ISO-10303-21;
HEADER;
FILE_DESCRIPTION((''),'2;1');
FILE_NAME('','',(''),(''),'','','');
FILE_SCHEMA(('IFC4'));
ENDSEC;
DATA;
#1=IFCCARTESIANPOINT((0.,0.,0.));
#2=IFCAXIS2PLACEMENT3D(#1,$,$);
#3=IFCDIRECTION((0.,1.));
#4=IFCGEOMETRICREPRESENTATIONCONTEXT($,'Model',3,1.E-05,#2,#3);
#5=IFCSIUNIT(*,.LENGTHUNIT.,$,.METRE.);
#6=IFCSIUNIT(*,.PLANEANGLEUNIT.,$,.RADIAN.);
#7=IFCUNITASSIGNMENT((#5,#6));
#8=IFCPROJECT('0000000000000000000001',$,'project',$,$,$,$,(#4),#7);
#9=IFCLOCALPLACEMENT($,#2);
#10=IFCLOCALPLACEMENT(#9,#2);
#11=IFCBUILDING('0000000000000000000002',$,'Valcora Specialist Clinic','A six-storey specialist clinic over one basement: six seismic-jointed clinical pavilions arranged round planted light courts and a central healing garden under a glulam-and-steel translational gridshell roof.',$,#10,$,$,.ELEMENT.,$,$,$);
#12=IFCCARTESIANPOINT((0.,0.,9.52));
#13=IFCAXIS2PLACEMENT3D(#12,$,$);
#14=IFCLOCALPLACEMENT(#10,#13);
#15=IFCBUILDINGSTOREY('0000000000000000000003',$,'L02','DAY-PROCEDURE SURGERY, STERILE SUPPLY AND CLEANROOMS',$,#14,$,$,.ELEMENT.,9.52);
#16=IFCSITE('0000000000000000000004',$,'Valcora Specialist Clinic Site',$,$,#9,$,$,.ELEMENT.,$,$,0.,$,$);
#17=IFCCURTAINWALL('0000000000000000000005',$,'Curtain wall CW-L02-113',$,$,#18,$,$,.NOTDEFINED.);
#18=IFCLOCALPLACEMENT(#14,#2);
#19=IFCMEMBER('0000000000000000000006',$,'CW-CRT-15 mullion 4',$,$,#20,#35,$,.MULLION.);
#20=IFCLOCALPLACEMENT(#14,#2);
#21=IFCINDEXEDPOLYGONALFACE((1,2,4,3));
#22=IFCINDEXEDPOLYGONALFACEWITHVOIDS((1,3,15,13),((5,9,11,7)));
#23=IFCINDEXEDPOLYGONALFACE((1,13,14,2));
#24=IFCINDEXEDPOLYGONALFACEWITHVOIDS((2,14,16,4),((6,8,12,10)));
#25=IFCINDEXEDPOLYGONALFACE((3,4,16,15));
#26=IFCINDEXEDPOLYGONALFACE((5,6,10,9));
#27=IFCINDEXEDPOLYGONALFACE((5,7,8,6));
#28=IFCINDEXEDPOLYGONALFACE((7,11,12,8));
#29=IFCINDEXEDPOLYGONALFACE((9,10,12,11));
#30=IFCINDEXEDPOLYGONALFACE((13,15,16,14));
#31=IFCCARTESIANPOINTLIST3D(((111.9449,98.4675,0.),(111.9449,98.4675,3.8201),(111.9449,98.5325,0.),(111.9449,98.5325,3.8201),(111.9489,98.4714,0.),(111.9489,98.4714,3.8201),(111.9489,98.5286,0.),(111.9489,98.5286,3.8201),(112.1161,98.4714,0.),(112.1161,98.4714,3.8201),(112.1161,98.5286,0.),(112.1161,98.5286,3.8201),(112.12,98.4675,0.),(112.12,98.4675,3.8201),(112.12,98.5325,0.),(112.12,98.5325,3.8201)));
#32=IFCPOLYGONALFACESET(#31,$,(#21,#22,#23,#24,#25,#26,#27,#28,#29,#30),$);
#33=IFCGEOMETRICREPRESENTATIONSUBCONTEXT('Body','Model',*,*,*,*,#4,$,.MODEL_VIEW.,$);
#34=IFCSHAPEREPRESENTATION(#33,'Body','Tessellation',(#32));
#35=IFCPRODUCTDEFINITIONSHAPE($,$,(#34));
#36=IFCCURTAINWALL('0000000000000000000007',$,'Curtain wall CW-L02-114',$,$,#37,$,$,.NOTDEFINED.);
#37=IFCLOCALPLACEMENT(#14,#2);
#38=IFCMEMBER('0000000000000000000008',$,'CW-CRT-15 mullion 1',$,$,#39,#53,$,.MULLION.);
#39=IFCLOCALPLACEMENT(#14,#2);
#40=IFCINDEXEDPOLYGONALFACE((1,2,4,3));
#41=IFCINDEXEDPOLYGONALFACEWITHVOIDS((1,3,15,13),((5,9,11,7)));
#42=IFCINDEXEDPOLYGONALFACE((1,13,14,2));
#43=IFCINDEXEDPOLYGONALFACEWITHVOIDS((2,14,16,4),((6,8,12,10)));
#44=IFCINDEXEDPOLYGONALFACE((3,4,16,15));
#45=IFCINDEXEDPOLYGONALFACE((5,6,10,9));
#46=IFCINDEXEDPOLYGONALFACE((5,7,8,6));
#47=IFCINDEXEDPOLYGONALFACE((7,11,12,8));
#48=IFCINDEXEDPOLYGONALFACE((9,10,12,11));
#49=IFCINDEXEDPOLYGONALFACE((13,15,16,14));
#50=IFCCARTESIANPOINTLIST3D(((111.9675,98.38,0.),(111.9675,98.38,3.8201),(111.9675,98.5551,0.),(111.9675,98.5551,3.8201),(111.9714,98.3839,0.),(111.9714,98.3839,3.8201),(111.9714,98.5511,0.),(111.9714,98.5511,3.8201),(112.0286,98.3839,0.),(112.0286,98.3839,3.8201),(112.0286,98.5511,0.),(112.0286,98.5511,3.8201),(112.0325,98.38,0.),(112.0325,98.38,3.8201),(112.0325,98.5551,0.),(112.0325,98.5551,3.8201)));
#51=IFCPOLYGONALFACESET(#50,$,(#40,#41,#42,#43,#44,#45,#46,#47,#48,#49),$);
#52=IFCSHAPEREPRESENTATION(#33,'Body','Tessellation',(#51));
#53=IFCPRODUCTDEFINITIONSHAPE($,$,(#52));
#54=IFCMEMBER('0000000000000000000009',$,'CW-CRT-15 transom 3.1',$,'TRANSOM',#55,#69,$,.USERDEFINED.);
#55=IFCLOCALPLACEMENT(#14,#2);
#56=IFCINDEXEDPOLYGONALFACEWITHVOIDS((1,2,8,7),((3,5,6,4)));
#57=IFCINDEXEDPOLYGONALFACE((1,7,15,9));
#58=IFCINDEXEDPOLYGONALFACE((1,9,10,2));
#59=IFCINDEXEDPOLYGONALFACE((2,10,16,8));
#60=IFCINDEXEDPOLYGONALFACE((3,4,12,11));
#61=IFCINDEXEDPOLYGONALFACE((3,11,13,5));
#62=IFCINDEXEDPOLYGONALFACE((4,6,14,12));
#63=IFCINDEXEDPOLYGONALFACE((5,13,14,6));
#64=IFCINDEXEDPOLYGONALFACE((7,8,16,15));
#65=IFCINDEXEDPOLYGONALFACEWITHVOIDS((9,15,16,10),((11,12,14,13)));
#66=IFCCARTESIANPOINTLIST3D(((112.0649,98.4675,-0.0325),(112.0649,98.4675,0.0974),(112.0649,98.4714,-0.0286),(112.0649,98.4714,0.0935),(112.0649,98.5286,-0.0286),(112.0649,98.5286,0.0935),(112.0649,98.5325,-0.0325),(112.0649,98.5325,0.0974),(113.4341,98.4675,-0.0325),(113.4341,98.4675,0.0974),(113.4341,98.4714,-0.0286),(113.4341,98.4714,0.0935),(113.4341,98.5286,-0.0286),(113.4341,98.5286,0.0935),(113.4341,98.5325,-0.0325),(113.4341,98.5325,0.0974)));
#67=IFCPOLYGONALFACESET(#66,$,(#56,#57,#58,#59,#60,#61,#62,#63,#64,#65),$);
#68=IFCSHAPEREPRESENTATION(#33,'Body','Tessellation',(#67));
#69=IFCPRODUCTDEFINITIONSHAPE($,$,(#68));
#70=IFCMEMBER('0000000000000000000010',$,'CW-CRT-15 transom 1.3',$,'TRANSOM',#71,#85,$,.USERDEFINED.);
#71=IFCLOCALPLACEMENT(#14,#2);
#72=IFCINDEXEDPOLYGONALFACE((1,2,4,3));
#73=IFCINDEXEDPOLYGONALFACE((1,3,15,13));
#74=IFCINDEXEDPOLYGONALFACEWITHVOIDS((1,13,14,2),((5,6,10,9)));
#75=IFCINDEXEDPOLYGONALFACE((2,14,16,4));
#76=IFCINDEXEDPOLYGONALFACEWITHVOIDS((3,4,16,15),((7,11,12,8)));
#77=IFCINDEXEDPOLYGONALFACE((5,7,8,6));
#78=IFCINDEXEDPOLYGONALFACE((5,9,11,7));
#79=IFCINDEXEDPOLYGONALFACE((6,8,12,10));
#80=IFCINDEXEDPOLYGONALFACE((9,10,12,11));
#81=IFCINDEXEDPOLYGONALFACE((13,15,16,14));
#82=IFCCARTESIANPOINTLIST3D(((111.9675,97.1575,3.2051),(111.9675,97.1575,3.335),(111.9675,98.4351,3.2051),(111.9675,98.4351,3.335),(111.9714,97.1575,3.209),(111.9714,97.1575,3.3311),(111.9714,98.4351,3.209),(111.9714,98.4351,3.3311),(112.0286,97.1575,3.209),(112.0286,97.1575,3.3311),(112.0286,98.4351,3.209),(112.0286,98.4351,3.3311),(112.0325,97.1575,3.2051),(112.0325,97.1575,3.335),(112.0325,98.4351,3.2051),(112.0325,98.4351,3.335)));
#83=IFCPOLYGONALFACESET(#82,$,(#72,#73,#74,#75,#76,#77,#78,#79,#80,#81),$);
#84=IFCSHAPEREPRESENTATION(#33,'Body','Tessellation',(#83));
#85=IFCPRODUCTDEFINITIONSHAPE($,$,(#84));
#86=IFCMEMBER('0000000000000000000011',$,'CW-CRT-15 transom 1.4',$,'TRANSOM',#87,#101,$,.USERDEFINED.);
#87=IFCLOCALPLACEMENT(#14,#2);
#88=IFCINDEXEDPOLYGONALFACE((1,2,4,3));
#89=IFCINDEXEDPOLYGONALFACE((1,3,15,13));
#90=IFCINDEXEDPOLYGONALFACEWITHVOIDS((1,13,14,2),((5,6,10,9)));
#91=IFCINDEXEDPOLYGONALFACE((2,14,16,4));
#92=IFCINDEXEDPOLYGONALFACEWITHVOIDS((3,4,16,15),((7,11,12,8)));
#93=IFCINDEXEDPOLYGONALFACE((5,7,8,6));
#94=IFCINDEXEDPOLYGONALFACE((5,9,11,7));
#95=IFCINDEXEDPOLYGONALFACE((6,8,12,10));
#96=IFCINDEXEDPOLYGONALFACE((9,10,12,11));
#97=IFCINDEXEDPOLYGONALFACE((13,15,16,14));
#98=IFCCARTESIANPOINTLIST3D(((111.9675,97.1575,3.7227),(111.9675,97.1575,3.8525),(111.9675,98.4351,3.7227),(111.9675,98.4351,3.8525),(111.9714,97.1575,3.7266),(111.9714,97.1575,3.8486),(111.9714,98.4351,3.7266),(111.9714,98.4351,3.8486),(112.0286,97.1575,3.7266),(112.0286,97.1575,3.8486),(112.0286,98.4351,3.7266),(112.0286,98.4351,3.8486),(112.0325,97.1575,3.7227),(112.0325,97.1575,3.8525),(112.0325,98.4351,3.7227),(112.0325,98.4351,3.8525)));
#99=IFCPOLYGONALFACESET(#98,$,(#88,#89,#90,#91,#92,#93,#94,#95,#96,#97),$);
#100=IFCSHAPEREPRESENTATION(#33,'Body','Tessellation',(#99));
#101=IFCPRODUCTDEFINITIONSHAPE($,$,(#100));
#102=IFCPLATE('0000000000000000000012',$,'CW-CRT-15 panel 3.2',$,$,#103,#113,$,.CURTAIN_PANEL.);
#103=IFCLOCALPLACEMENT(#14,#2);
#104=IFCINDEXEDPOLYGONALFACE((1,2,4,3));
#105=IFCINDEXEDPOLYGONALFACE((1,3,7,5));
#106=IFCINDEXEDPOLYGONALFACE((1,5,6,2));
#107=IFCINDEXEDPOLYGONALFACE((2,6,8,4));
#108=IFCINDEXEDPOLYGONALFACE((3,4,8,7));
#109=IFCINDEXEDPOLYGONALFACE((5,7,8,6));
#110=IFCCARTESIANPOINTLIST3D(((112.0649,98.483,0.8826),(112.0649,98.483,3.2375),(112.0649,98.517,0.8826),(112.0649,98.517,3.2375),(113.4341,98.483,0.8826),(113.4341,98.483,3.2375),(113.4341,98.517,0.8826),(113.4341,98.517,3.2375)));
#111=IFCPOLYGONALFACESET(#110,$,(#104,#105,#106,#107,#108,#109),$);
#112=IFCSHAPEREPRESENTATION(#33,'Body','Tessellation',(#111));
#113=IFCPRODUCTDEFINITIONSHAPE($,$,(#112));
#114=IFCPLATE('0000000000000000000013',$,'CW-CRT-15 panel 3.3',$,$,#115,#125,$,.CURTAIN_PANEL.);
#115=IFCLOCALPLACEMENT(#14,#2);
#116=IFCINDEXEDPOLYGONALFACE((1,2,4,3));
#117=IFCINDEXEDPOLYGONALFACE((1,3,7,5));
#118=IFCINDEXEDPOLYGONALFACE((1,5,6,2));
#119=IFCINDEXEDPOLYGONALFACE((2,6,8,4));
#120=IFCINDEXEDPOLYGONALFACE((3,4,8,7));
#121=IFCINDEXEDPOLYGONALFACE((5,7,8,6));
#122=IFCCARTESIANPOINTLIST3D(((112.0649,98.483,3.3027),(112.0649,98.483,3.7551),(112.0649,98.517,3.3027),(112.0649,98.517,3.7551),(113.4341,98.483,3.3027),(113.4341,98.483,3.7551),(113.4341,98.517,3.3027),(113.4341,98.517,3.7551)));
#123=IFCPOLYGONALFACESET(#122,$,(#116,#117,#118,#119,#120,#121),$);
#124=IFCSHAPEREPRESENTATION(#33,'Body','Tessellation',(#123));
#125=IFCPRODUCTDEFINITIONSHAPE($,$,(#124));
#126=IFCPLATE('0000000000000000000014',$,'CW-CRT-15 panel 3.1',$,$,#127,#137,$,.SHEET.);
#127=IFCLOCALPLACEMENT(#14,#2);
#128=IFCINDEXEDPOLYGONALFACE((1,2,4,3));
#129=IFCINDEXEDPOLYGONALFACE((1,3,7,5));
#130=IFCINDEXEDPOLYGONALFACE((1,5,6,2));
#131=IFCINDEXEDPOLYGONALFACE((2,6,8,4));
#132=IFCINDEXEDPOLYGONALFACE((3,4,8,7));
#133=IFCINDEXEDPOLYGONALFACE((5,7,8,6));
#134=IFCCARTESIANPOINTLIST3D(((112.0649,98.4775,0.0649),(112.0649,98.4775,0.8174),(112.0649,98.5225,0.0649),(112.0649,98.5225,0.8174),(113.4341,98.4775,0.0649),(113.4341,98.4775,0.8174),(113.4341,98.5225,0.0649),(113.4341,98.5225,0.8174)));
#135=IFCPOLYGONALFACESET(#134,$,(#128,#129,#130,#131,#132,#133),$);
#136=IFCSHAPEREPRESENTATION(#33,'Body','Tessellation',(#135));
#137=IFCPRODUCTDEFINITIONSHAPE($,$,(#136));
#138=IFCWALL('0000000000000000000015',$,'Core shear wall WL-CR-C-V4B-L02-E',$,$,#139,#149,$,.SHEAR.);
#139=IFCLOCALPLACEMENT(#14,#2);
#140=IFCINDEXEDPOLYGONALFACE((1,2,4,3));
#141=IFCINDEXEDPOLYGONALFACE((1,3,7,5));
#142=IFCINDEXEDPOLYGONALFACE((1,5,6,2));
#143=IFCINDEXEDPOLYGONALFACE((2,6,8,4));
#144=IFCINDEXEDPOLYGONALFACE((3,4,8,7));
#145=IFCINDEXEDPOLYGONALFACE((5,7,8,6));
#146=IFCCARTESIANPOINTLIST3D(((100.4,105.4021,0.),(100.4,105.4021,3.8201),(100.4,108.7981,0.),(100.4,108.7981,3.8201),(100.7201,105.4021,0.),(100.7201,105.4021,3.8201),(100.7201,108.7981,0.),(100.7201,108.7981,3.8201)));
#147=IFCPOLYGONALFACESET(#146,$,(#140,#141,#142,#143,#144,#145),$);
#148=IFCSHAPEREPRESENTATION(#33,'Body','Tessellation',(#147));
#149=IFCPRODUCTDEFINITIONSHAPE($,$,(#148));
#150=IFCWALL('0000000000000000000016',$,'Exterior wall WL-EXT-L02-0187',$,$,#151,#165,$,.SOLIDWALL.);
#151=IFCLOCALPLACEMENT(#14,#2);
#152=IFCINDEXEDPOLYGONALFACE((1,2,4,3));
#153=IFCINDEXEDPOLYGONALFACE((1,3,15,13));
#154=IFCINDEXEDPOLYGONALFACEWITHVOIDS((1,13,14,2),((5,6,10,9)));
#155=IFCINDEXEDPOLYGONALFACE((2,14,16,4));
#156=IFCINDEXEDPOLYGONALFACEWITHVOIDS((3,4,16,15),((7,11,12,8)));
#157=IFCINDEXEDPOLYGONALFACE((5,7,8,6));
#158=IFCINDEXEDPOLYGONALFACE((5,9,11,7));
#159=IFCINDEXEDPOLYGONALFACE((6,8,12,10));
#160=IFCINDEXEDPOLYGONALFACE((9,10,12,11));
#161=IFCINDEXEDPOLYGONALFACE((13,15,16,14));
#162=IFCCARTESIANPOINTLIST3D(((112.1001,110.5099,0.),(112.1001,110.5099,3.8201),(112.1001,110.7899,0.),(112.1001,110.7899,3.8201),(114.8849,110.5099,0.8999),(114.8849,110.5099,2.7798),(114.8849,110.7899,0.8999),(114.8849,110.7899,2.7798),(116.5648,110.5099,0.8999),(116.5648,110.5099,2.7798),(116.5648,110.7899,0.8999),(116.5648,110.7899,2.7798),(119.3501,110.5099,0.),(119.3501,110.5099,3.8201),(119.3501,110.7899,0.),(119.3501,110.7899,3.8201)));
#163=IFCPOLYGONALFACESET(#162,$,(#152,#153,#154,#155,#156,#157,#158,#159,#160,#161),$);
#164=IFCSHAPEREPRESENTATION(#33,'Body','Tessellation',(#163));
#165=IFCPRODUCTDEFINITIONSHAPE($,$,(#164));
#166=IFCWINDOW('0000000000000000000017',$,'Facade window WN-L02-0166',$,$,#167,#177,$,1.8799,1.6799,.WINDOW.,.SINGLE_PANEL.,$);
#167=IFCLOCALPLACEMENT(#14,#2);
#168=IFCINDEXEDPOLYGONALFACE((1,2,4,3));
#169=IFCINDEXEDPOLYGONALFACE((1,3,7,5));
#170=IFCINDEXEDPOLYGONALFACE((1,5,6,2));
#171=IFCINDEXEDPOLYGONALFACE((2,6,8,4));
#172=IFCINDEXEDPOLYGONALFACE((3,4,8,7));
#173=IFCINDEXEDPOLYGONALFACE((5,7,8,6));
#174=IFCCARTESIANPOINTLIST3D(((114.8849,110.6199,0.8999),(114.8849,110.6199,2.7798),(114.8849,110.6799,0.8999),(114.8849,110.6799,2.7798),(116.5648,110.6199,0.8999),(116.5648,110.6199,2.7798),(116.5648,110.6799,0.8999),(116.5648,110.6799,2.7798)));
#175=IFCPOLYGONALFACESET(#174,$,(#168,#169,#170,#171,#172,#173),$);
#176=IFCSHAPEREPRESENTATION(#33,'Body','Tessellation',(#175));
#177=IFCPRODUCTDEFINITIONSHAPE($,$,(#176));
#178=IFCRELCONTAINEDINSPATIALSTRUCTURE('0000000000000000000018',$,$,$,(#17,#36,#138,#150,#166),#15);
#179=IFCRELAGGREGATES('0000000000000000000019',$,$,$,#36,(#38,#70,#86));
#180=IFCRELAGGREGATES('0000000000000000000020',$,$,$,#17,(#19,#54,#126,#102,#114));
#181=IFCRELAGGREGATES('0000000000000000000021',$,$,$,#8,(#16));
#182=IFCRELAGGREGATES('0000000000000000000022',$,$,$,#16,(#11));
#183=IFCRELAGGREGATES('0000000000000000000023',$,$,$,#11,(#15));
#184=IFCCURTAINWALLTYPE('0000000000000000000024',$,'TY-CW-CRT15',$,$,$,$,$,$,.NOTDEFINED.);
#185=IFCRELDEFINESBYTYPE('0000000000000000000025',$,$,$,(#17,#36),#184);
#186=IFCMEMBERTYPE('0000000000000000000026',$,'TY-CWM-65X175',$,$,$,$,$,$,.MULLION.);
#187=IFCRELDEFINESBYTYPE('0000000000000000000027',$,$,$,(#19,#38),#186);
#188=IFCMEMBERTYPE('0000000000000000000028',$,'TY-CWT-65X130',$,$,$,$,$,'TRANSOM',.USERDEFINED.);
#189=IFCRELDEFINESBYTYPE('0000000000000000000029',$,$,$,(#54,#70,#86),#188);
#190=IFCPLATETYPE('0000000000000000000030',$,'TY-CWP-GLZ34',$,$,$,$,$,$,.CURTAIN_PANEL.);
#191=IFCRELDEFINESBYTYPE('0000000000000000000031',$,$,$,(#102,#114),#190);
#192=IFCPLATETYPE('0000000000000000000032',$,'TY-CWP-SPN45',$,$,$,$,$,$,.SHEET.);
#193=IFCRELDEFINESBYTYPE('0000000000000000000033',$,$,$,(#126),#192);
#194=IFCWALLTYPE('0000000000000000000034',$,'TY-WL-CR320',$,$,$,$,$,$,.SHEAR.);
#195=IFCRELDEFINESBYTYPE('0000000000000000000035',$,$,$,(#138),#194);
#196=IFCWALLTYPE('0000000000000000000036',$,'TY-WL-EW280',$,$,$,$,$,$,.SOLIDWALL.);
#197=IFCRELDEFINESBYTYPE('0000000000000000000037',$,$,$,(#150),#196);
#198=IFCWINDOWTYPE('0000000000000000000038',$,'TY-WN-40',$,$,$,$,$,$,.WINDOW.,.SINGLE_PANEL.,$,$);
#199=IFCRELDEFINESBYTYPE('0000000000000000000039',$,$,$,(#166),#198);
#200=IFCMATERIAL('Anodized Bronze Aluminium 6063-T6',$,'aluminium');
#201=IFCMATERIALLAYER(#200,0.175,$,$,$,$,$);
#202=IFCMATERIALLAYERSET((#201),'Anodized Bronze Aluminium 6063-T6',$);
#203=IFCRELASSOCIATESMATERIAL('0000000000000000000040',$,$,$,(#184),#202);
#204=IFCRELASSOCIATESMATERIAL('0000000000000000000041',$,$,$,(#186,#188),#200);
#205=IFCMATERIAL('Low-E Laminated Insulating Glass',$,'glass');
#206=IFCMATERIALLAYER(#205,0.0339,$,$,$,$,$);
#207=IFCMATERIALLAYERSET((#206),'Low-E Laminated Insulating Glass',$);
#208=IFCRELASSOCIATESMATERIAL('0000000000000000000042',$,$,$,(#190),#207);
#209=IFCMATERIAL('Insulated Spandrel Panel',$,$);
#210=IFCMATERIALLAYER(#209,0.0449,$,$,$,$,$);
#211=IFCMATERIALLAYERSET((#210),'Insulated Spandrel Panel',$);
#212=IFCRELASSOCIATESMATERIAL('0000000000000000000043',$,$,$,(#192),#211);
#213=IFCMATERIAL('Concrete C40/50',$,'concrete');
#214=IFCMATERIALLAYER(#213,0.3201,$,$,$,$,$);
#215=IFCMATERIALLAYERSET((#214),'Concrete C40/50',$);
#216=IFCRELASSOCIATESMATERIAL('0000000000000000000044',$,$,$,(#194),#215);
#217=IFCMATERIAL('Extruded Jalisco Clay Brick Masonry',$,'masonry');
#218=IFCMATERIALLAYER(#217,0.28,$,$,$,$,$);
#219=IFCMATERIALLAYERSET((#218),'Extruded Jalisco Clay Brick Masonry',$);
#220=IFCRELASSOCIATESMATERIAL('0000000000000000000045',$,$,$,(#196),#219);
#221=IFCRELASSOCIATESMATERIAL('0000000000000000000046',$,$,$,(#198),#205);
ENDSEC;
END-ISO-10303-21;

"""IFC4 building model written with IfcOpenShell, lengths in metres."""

from ifc_helpers import new_model, si_unit, direction, frame, frame_2d, origin, origin_2d, place, context, subcontext, project, spatial, rectangle, hollow_rectangle, extrude, material, layer, layer_set, material_profile, profile_set, type_object, element, fill, aggregate, save


model = new_model("IFC4")

# Units and contexts
model_context = context("Model", 3, precision=1e-05, world=origin(), true_north=direction((0.0, 1.0)))
body_context = subcontext(model_context, "Body", "Model", "MODEL_VIEW")
ifc_project = project(units=[si_unit("LENGTHUNIT", "METRE"), si_unit("PLANEANGLEUNIT", "RADIAN")], contexts=[model_context])

# Site, building, storey
site_placement = place(None, origin())
site = spatial("IfcSite", under=ifc_project, at=site_placement, Name="Valcora Specialist Clinic Site", CompositionType="ELEMENT", RefElevation=0.0)
building_placement = place(site_placement, origin())
building = spatial("IfcBuilding", under=site, at=building_placement, Name="Valcora Specialist Clinic", Description="A six-storey specialist clinic over one basement: six seismic-jointed clinical pavilions arranged round planted light courts and a central healing garden under a glulam-and-steel translational gridshell roof.", CompositionType="ELEMENT")
storey_placement = place(building_placement, frame((0.0, 0.0, 9.52)))
storey = spatial("IfcBuildingStorey", under=building, at=storey_placement, Name="L02", Description="DAY-PROCEDURE SURGERY, STERILE SUPPLY AND CLEANROOMS", CompositionType="ELEMENT", Elevation=9.52)

# Shared definitions
ifc_material_1 = material(Name="Concrete C40/50", Category="concrete")

# Curtain walls, members
ifc_material_2 = material(Name="Anodized Bronze Aluminium 6063-T6", Category="aluminium")
ifc_layer_1 = layer(ifc_material_2, 0.175)
ifc_layer_set_1 = layer_set([ifc_layer_1], Name="Anodized Bronze Aluminium 6063-T6")
curtain_wall_type = type_object("IfcCurtainWallType", Name="TY-CW-CRT15", PredefinedType="NOTDEFINED", material=ifc_layer_set_1)
curtain_wall_1_placement = place(storey_placement, origin())
curtain_wall_1 = element("IfcCurtainWall", 1, at=curtain_wall_1_placement, inside=storey, type_object=curtain_wall_type, Name="Curtain wall CW-L02-113", PredefinedType="NOTDEFINED")
ifc_material_profile_1 = material_profile(ifc_material_2, hollow_rectangle(XDim=0.0649, YDim=0.175, WallThickness=0.0039, at=origin_2d()), Name="AL-MUL-65X175")
ifc_profile_set_1 = profile_set([ifc_material_profile_1], Name="Anodized Bronze Aluminium 6063-T6")
member_type_1 = type_object("IfcMemberType", Name="TY-CWM-65X175", PredefinedType="MULLION", material=ifc_profile_set_1)
member_1_placement = place(storey_placement, frame((112.0325, 98.5, 0.0), z_axis=(0.0, 0.0, 1.0), x_axis=(0.0, -1.0, 0.0)))
member_1 = element("IfcMember", 2, at=member_1_placement, type_object=member_type_1, Name="CW-CRT-15 mullion 4", PredefinedType="MULLION", context=body_context, shape_type="SweptSolid", body=[
    extrude(hollow_rectangle(XDim=0.0649, YDim=0.175, WallThickness=0.0039, at=origin_2d()), origin(), (0.0, 0.0, 1.0), 3.8201),
])
curtain_wall_2_placement = place(storey_placement, origin())
curtain_wall_2 = element("IfcCurtainWall", 3, at=curtain_wall_2_placement, inside=storey, type_object=curtain_wall_type, Name="Curtain wall CW-L02-114", PredefinedType="NOTDEFINED")
member_2_placement = place(storey_placement, frame((112.0, 98.4675, 0.0), z_axis=(0.0, 0.0, 1.0), x_axis=(1.0, 0.0, 0.0)))
member_2 = element("IfcMember", 4, at=member_2_placement, type_object=member_type_1, Name="CW-CRT-15 mullion 1", PredefinedType="MULLION", context=body_context, shape_type="SweptSolid", body=[
    extrude(hollow_rectangle(XDim=0.0649, YDim=0.175, WallThickness=0.0039, at=origin_2d()), origin(), (0.0, 0.0, 1.0), 3.8201),
])

# Members
ifc_material_profile_2 = material_profile(ifc_material_2, hollow_rectangle(XDim=0.0649, YDim=0.1299, WallThickness=0.0039, at=origin_2d()), Name="AL-TRN-65X130")
ifc_profile_set_2 = profile_set([ifc_material_profile_2], Name="Anodized Bronze Aluminium 6063-T6")
member_type_2 = type_object("IfcMemberType", Name="TY-CWT-65X130", ElementType="TRANSOM", PredefinedType="USERDEFINED", material=ifc_profile_set_2)
member_3_placement = place(storey_placement, frame((113.4341, 98.5, 0.0325), z_axis=(-1.0, 0.0, 0.0), x_axis=(0.0, -1.0, 0.0)))
member_3 = element("IfcMember", 5, at=member_3_placement, type_object=member_type_2, Name="CW-CRT-15 transom 3.1", ObjectType="TRANSOM", PredefinedType="USERDEFINED", context=body_context, shape_type="SweptSolid", body=[
    extrude(hollow_rectangle(XDim=0.0649, YDim=0.1299, WallThickness=0.0039, at=origin_2d()), origin(), (0.0, 0.0, 1.0), 1.3691),
])
member_4_placement = place(storey_placement, frame((112.0, 98.4351, 3.27), z_axis=(0.0, -1.0, 0.0), x_axis=(1.0, 0.0, 0.0)))
member_4 = element("IfcMember", 6, at=member_4_placement, type_object=member_type_2, Name="CW-CRT-15 transom 1.3", ObjectType="TRANSOM", PredefinedType="USERDEFINED", context=body_context, shape_type="SweptSolid", body=[
    extrude(hollow_rectangle(XDim=0.0649, YDim=0.1299, WallThickness=0.0039, at=origin_2d()), origin(), (0.0, 0.0, 1.0), 1.2776),
])
member_5_placement = place(storey_placement, frame((112.0, 98.4351, 3.7876), z_axis=(0.0, -1.0, 0.0), x_axis=(1.0, 0.0, 0.0)))
member_5 = element("IfcMember", 7, at=member_5_placement, type_object=member_type_2, Name="CW-CRT-15 transom 1.4", ObjectType="TRANSOM", PredefinedType="USERDEFINED", context=body_context, shape_type="SweptSolid", body=[
    extrude(hollow_rectangle(XDim=0.0649, YDim=0.1299, WallThickness=0.0039, at=origin_2d()), origin(), (0.0, 0.0, 1.0), 1.2776),
])
aggregate(curtain_wall_2, [member_2, member_4, member_5])

# Plates
ifc_material_3 = material(Name="Low-E Laminated Insulating Glass", Category="glass")
ifc_layer_2 = layer(ifc_material_3, 0.0339)
ifc_layer_set_2 = layer_set([ifc_layer_2], Name="Low-E Laminated Insulating Glass")
plate_type_1 = type_object("IfcPlateType", Name="TY-CWP-GLZ34", PredefinedType="CURTAIN_PANEL", material=ifc_layer_set_2)
plate_1_placement = place(storey_placement, frame((112.7495, 98.5, 0.8826), z_axis=(0.0, 0.0, 1.0), x_axis=(-1.0, 0.0, 0.0)))
plate_1 = element("IfcPlate", 8, at=plate_1_placement, type_object=plate_type_1, Name="CW-CRT-15 panel 3.2", PredefinedType="CURTAIN_PANEL", context=body_context, shape_type="SweptSolid", body=[
    extrude(rectangle(XDim=1.3691, YDim=0.0339, at=origin_2d()), origin(), (0.0, 0.0, 1.0), 2.355),
])
plate_2_placement = place(storey_placement, frame((112.7495, 98.5, 3.3027), z_axis=(0.0, 0.0, 1.0), x_axis=(-1.0, 0.0, 0.0)))
plate_2 = element("IfcPlate", 9, at=plate_2_placement, type_object=plate_type_1, Name="CW-CRT-15 panel 3.3", PredefinedType="CURTAIN_PANEL", context=body_context, shape_type="SweptSolid", body=[
    extrude(rectangle(XDim=1.3691, YDim=0.0339, at=origin_2d()), origin(), (0.0, 0.0, 1.0), 0.4524),
])
ifc_material_4 = material(Name="Insulated Spandrel Panel")
ifc_layer_3 = layer(ifc_material_4, 0.0449)
ifc_layer_set_3 = layer_set([ifc_layer_3], Name="Insulated Spandrel Panel")
plate_type_2 = type_object("IfcPlateType", Name="TY-CWP-SPN45", PredefinedType="SHEET", material=ifc_layer_set_3)
plate_3_placement = place(storey_placement, frame((112.7495, 98.5, 0.0649), z_axis=(0.0, 0.0, 1.0), x_axis=(-1.0, 0.0, 0.0)))
plate_3 = element("IfcPlate", 10, at=plate_3_placement, type_object=plate_type_2, Name="CW-CRT-15 panel 3.1", PredefinedType="SHEET", context=body_context, shape_type="SweptSolid", body=[
    extrude(rectangle(XDim=1.3691, YDim=0.0449, at=origin_2d()), origin(), (0.0, 0.0, 1.0), 0.7524),
])
aggregate(curtain_wall_1, [member_1, member_3, plate_3, plate_1, plate_2])

# Wall
ifc_layer_4 = layer(ifc_material_1, 0.3201)
ifc_layer_set_4 = layer_set([ifc_layer_4], Name="Concrete C40/50")
wall_type_1 = type_object("IfcWallType", Name="TY-WL-CR320", PredefinedType="SHEAR", material=ifc_layer_set_4)
wall_1_placement = place(storey_placement, frame((100.5601, 105.4021, 0.0), z_axis=(0.0, 0.0, 1.0), x_axis=(0.0, 1.0, 0.0)))
element("IfcWall", 11, at=wall_1_placement, inside=storey, type_object=wall_type_1, Name="Core shear wall WL-CR-C-V4B-L02-E", PredefinedType="SHEAR", context=body_context, shape_type="SweptSolid", body=[
    extrude(rectangle(XDim=3.396, YDim=0.3201, at=frame_2d((1.698, 0.0))), origin(), (0.0, 0.0, 1.0), 3.8201),
])

# Wall, opening, window
ifc_material_5 = material(Name="Extruded Jalisco Clay Brick Masonry", Category="masonry")
ifc_layer_5 = layer(ifc_material_5, 0.28)
ifc_layer_set_5 = layer_set([ifc_layer_5], Name="Extruded Jalisco Clay Brick Masonry")
wall_type_2 = type_object("IfcWallType", Name="TY-WL-EW280", PredefinedType="SOLIDWALL", material=ifc_layer_set_5)
wall_2_placement = place(storey_placement, frame((112.1001, 110.6499, 0.0), z_axis=(0.0, 0.0, 1.0), x_axis=(1.0, 0.0, 0.0)))
wall_2 = element("IfcWall", 12, at=wall_2_placement, inside=storey, type_object=wall_type_2, Name="Exterior wall WL-EXT-L02-0187", PredefinedType="SOLIDWALL", context=body_context, shape_type="SweptSolid", body=[
    extrude(rectangle(XDim=7.25, YDim=0.28, at=frame_2d((3.625, 0.0))), origin(), (0.0, 0.0, 1.0), 3.8201),
])
opening_1_placement = place(wall_2_placement, frame((2.7849, 0.0, 0.8999)))
opening_1 = element("IfcOpeningElement", 13, at=opening_1_placement, cuts=wall_2, PredefinedType="OPENING", context=body_context, shape_type="SweptSolid", body=[
    extrude(rectangle(XDim=1.6799, YDim=1.8799, at=frame_2d((0.8398, 0.9399))), frame((0.0, 0.1499, 0.0), z_axis=(0.0, -1.0, 0.0), x_axis=(1.0, 0.0, 0.0)), (0.0, 0.0, 1.0), 0.3),
])
window_type_1 = type_object("IfcWindowType", Name="TY-WN-40", PartitioningType="SINGLE_PANEL", PredefinedType="WINDOW", material=ifc_material_3)
window_1_placement = place(opening_1_placement, origin())
window_1 = element("IfcWindow", 14, at=window_1_placement, inside=storey, type_object=window_type_1, Name="Facade window WN-L02-0166", OverallHeight=1.8799, OverallWidth=1.6799, PartitioningType="SINGLE_PANEL", PredefinedType="WINDOW", context=body_context, shape_type="SweptSolid", body=[
    extrude(rectangle(XDim=1.6799, YDim=1.8799, at=frame_2d((0.8398, 0.9399))), frame((0.0, 0.03, 0.0), z_axis=(0.0, -1.0, 0.0), x_axis=(1.0, 0.0, 0.0)), (0.0, 0.0, 1.0), 0.0601),
])
fill(opening_1, window_1)

save(model, "model.ifc")
